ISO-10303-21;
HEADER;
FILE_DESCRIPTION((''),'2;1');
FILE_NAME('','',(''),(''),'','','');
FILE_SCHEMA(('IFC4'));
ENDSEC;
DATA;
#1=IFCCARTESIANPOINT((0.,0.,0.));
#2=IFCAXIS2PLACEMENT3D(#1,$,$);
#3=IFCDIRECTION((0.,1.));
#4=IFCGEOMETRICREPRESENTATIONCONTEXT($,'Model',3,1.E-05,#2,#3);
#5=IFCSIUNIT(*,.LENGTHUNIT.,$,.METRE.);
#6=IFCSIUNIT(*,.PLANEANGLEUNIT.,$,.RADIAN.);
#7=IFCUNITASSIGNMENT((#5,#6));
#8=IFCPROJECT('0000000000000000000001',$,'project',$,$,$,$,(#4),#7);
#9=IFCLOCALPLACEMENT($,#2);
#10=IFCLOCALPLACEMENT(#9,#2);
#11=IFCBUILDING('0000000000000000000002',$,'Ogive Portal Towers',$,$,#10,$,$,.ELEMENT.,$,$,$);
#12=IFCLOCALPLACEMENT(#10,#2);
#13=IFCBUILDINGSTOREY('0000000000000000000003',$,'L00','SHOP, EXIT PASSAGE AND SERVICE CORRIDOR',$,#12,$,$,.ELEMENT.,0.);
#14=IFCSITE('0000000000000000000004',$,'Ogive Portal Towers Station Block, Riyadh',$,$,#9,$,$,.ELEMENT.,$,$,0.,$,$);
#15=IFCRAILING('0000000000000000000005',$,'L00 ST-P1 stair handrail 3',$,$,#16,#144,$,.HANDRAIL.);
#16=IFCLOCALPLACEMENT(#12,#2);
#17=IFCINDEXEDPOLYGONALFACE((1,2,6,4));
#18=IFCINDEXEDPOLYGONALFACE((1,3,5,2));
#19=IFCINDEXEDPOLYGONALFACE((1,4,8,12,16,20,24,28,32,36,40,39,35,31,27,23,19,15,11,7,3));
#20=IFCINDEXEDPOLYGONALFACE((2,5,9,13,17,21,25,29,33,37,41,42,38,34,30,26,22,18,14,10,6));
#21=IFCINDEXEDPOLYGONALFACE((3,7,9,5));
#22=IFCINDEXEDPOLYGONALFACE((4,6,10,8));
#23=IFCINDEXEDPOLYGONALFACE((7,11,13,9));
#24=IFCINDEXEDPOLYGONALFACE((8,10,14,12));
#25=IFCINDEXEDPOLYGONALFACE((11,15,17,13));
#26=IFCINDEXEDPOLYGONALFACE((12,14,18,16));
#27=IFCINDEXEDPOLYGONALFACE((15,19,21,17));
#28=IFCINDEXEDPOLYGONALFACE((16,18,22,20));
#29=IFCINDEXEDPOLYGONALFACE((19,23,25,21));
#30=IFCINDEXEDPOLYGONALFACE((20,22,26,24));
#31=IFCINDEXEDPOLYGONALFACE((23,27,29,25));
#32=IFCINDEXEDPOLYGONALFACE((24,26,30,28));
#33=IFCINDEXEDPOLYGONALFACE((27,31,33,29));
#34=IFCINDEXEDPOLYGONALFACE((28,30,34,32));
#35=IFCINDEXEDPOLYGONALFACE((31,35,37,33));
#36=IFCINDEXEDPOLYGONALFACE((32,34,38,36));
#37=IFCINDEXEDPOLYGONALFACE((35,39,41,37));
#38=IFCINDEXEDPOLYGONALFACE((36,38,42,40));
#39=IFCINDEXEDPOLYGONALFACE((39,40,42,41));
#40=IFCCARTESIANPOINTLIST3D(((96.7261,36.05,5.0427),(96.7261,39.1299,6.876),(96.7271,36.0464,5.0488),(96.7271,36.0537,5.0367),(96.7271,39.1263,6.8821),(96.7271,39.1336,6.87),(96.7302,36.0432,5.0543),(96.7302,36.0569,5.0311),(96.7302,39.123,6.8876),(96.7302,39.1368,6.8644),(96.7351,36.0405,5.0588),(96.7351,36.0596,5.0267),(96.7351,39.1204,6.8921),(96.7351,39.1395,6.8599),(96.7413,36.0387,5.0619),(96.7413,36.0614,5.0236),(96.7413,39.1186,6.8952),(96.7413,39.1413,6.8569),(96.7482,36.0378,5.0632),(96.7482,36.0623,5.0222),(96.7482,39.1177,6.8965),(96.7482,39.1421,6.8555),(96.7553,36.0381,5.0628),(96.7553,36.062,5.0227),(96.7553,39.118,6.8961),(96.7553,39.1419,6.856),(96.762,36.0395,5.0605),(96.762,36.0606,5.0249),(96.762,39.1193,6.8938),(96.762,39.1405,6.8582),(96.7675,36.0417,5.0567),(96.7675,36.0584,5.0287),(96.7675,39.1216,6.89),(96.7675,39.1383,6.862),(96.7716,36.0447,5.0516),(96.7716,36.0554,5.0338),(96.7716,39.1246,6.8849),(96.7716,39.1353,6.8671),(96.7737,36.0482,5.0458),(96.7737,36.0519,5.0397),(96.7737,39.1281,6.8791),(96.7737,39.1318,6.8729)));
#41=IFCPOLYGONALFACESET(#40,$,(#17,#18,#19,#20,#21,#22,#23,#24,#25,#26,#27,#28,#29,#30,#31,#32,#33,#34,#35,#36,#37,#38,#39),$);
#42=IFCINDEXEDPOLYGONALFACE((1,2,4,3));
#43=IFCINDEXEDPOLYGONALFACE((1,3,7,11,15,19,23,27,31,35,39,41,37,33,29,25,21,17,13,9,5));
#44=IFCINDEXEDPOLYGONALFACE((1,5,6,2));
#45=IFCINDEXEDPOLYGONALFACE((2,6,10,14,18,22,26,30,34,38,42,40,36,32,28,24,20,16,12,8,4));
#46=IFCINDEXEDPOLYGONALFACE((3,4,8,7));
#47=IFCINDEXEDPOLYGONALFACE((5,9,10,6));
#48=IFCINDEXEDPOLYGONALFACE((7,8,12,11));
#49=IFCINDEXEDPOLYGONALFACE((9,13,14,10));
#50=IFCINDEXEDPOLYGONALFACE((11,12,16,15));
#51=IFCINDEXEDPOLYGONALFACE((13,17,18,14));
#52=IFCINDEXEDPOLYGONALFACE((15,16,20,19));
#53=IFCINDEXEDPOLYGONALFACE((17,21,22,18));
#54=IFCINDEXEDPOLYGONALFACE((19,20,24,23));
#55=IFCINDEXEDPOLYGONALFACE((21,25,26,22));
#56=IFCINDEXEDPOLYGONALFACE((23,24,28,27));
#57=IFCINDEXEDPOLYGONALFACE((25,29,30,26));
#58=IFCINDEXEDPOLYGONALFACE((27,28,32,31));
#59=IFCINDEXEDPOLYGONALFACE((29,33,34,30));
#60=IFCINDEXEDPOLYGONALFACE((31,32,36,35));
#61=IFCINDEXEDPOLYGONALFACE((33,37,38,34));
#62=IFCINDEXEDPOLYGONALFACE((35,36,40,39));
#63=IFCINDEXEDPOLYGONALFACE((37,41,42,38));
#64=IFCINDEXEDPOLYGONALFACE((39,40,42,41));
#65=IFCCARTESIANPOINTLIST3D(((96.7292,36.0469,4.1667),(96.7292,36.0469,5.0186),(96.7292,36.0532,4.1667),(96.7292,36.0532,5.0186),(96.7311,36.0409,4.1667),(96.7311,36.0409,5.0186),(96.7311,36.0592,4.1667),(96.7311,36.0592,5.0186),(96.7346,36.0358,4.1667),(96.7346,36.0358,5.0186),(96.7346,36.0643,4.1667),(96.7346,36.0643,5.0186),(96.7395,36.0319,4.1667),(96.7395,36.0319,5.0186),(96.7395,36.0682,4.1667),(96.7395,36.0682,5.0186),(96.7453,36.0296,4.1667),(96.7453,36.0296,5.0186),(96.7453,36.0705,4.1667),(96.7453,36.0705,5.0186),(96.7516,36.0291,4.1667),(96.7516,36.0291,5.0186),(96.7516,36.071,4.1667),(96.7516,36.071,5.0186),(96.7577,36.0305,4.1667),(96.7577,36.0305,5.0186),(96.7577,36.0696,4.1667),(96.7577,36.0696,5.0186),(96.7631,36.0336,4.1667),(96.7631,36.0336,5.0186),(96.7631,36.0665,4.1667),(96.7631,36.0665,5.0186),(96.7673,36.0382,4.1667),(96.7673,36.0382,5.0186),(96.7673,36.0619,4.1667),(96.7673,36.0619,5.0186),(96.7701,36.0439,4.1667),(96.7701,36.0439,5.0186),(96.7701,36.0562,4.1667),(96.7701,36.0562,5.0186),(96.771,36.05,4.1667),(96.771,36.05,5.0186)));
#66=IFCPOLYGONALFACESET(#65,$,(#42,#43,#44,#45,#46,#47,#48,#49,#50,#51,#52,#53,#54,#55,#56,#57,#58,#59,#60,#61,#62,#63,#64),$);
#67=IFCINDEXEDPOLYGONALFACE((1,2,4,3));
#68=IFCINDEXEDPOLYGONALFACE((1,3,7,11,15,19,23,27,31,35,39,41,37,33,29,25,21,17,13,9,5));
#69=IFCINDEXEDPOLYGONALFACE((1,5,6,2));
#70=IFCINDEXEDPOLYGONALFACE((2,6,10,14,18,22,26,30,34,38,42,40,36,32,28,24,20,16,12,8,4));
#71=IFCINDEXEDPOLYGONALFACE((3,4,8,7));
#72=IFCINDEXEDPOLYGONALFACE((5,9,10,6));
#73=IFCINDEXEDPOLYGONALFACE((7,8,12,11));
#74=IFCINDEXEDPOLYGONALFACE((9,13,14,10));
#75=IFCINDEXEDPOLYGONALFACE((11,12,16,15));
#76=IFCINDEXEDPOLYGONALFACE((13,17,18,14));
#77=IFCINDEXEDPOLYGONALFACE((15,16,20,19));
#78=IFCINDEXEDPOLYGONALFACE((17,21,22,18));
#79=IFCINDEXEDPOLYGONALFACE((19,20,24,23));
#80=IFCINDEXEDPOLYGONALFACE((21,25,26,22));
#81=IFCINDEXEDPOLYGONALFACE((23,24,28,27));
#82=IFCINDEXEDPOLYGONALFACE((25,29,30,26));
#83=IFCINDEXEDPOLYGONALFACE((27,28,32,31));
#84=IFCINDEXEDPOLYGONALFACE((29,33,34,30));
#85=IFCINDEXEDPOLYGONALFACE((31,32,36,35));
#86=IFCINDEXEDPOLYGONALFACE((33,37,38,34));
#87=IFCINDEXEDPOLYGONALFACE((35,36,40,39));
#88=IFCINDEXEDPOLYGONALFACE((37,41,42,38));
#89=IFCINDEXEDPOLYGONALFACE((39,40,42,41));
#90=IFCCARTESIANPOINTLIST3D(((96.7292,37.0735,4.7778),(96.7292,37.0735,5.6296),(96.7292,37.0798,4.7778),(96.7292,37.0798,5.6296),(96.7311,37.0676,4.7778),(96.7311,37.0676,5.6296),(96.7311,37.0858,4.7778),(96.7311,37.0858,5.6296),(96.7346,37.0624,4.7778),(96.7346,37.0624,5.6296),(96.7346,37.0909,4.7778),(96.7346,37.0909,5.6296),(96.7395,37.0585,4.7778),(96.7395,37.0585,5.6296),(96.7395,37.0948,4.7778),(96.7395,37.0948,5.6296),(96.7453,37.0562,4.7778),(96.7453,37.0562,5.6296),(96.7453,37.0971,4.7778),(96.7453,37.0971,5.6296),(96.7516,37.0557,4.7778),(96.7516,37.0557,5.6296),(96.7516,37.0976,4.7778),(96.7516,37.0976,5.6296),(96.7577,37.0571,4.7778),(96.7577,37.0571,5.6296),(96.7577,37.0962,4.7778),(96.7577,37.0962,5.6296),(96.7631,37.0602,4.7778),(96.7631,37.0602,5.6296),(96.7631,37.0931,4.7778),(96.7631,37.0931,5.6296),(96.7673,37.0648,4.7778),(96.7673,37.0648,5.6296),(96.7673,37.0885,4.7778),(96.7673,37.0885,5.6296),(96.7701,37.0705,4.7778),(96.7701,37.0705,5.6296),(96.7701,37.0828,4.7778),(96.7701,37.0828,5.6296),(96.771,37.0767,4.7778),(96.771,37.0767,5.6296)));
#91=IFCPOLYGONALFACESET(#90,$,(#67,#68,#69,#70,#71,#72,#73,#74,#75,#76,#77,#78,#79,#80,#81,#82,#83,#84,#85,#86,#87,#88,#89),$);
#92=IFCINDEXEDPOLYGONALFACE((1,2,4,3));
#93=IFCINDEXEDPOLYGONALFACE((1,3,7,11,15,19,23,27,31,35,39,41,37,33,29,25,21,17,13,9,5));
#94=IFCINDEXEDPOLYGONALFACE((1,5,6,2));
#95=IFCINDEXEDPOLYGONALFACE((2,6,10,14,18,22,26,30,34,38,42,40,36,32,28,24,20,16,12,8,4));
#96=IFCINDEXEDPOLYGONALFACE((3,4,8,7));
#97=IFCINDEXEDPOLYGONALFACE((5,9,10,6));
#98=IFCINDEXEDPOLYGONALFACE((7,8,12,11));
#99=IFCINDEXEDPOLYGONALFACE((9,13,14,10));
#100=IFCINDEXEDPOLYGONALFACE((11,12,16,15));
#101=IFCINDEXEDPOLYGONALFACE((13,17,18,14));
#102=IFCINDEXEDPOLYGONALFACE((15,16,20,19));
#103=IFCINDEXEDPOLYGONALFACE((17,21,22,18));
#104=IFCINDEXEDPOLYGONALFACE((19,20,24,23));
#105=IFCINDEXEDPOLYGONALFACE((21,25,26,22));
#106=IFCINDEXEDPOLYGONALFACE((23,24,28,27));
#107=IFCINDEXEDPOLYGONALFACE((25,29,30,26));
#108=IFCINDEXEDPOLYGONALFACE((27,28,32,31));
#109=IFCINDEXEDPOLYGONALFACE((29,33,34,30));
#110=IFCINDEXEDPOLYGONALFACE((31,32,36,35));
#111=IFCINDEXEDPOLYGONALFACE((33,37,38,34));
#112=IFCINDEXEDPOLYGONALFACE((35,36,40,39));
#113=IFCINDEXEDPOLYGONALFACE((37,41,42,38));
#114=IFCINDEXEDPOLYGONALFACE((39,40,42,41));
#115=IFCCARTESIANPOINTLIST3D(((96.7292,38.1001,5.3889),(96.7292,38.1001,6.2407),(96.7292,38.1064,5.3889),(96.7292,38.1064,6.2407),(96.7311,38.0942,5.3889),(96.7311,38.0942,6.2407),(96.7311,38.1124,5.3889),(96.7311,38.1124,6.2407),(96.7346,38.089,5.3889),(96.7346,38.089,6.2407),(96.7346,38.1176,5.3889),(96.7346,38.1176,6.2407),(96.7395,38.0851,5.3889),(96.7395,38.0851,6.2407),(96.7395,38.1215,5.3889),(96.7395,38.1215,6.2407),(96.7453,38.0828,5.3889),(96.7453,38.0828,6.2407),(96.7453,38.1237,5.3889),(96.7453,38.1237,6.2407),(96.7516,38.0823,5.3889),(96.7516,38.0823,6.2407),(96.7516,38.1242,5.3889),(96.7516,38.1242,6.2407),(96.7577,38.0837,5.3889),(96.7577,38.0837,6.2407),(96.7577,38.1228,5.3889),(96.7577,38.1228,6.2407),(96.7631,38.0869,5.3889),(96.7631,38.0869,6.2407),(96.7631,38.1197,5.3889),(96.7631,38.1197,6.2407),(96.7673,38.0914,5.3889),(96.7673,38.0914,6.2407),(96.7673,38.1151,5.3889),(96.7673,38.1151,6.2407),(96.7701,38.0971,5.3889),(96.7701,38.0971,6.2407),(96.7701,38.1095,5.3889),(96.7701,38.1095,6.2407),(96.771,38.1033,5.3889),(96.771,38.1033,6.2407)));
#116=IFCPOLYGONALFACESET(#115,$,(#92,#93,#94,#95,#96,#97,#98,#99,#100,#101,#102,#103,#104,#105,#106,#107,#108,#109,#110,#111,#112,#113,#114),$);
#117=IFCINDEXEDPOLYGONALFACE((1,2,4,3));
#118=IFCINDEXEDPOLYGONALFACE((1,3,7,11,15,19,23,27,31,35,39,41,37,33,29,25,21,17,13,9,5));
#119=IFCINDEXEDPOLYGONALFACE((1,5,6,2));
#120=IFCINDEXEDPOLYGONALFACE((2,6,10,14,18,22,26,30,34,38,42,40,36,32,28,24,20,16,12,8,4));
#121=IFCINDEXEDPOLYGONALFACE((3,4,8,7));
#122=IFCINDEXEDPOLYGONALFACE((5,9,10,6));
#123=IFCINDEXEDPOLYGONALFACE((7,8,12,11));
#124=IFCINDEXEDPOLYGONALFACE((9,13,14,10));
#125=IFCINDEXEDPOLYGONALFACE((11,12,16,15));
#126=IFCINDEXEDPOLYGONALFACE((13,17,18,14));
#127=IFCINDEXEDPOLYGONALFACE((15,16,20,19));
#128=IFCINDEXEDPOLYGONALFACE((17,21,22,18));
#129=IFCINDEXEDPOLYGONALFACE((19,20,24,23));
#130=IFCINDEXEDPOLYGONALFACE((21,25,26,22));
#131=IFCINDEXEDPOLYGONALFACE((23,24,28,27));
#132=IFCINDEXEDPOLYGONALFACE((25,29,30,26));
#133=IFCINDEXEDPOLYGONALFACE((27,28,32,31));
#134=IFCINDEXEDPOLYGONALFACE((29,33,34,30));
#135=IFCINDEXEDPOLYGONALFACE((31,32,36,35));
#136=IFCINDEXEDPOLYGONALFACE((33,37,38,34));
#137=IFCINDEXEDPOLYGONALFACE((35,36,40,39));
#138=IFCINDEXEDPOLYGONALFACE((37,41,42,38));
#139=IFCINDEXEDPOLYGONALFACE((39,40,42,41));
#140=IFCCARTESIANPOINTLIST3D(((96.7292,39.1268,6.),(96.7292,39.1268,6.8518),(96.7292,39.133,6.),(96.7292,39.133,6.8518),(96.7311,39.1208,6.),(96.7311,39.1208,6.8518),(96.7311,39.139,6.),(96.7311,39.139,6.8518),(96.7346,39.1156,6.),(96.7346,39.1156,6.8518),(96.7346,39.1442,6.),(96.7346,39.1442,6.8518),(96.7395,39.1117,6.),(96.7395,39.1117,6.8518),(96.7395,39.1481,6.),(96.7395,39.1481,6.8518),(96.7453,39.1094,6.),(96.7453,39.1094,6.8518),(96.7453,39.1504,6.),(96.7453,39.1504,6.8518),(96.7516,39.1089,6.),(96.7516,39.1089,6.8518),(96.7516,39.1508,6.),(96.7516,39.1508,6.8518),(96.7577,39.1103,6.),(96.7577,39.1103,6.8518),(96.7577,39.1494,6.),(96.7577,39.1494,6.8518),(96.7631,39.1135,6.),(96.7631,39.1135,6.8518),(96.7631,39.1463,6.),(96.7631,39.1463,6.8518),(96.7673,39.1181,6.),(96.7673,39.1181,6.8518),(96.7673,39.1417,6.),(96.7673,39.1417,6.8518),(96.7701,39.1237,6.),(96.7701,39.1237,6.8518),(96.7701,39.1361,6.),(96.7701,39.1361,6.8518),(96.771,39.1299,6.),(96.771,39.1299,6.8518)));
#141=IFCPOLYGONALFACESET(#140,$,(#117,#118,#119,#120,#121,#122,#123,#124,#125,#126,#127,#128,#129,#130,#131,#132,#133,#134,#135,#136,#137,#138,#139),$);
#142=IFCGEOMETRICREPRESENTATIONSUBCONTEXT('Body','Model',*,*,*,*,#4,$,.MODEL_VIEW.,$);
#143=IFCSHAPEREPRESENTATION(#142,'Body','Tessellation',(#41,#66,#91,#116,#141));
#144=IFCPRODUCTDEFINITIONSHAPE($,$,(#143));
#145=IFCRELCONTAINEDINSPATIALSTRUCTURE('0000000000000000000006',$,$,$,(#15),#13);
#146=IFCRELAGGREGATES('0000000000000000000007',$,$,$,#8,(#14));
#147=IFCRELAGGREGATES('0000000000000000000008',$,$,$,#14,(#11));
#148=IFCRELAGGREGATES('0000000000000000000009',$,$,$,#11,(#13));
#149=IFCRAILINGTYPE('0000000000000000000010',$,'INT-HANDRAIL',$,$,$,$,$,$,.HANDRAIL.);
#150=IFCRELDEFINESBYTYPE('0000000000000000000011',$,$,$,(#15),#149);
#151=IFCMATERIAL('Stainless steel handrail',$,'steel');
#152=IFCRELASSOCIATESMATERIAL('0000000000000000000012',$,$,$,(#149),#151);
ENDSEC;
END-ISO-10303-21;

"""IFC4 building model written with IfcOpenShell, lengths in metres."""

from ifc_helpers import new_model, si_unit, direction, frame, origin, origin_2d, place, context, subcontext, project, spatial, circle, extrude, material, type_object, element, save


model = new_model("IFC4")

# Units and contexts
model_context = context("Model", 3, precision=1e-05, world=origin(), true_north=direction((0.0, 1.0)))
body_context = subcontext(model_context, "Body", "Model", "MODEL_VIEW")
ifc_project = project(units=[si_unit("LENGTHUNIT", "METRE"), si_unit("PLANEANGLEUNIT", "RADIAN")], contexts=[model_context])

# Site, building, storey
site_placement = place(None, origin())
site = spatial("IfcSite", under=ifc_project, at=site_placement, Name="Ogive Portal Towers Station Block, Riyadh", CompositionType="ELEMENT", RefElevation=0.0)
building_placement = place(site_placement, origin())
building = spatial("IfcBuilding", under=site, at=building_placement, Name="Ogive Portal Towers", CompositionType="ELEMENT")
storey_placement = place(building_placement, origin())
storey = spatial("IfcBuildingStorey", under=building, at=storey_placement, Name="L00", Description="SHOP, EXIT PASSAGE AND SERVICE CORRIDOR", CompositionType="ELEMENT", Elevation=0.0)

# Railing
ifc_material_1 = material(Name="Stainless steel handrail", Category="steel")
railing_type_1 = type_object("IfcRailingType", Name="INT-HANDRAIL", PredefinedType="HANDRAIL", material=ifc_material_1)
railing_1_placement = place(storey_placement, frame((96.75, 36.05, 4.1667)))
element("IfcRailing", 1, at=railing_1_placement, inside=storey, type_object=railing_type_1, Name="L00 ST-P1 stair handrail 3", PredefinedType="HANDRAIL", context=body_context, shape_type="SweptSolid", body=[
    extrude(circle(Radius=0.0239, at=origin_2d()), frame((0.0, 0.0, 0.876), z_axis=(0.0, 0.859291, 0.511487), x_axis=(-1.0, 0.0, 0.0)), (0.0, 0.0, 1.0), 3.5842),
    extrude(circle(Radius=0.021, at=origin_2d()), origin(), (0.0, 0.0, 1.0), 0.8518),
    extrude(circle(Radius=0.021, at=origin_2d()), frame((0.0, 1.0266, 0.6111)), (0.0, 0.0, 1.0), 0.8518),
    extrude(circle(Radius=0.021, at=origin_2d()), frame((0.0, 2.0532, 1.2222)), (0.0, 0.0, 1.0), 0.8518),
    extrude(circle(Radius=0.021, at=origin_2d()), frame((0.0, 3.0798, 1.8333)), (0.0, 0.0, 1.0), 0.8518),
])

save(model, "model.ifc")
